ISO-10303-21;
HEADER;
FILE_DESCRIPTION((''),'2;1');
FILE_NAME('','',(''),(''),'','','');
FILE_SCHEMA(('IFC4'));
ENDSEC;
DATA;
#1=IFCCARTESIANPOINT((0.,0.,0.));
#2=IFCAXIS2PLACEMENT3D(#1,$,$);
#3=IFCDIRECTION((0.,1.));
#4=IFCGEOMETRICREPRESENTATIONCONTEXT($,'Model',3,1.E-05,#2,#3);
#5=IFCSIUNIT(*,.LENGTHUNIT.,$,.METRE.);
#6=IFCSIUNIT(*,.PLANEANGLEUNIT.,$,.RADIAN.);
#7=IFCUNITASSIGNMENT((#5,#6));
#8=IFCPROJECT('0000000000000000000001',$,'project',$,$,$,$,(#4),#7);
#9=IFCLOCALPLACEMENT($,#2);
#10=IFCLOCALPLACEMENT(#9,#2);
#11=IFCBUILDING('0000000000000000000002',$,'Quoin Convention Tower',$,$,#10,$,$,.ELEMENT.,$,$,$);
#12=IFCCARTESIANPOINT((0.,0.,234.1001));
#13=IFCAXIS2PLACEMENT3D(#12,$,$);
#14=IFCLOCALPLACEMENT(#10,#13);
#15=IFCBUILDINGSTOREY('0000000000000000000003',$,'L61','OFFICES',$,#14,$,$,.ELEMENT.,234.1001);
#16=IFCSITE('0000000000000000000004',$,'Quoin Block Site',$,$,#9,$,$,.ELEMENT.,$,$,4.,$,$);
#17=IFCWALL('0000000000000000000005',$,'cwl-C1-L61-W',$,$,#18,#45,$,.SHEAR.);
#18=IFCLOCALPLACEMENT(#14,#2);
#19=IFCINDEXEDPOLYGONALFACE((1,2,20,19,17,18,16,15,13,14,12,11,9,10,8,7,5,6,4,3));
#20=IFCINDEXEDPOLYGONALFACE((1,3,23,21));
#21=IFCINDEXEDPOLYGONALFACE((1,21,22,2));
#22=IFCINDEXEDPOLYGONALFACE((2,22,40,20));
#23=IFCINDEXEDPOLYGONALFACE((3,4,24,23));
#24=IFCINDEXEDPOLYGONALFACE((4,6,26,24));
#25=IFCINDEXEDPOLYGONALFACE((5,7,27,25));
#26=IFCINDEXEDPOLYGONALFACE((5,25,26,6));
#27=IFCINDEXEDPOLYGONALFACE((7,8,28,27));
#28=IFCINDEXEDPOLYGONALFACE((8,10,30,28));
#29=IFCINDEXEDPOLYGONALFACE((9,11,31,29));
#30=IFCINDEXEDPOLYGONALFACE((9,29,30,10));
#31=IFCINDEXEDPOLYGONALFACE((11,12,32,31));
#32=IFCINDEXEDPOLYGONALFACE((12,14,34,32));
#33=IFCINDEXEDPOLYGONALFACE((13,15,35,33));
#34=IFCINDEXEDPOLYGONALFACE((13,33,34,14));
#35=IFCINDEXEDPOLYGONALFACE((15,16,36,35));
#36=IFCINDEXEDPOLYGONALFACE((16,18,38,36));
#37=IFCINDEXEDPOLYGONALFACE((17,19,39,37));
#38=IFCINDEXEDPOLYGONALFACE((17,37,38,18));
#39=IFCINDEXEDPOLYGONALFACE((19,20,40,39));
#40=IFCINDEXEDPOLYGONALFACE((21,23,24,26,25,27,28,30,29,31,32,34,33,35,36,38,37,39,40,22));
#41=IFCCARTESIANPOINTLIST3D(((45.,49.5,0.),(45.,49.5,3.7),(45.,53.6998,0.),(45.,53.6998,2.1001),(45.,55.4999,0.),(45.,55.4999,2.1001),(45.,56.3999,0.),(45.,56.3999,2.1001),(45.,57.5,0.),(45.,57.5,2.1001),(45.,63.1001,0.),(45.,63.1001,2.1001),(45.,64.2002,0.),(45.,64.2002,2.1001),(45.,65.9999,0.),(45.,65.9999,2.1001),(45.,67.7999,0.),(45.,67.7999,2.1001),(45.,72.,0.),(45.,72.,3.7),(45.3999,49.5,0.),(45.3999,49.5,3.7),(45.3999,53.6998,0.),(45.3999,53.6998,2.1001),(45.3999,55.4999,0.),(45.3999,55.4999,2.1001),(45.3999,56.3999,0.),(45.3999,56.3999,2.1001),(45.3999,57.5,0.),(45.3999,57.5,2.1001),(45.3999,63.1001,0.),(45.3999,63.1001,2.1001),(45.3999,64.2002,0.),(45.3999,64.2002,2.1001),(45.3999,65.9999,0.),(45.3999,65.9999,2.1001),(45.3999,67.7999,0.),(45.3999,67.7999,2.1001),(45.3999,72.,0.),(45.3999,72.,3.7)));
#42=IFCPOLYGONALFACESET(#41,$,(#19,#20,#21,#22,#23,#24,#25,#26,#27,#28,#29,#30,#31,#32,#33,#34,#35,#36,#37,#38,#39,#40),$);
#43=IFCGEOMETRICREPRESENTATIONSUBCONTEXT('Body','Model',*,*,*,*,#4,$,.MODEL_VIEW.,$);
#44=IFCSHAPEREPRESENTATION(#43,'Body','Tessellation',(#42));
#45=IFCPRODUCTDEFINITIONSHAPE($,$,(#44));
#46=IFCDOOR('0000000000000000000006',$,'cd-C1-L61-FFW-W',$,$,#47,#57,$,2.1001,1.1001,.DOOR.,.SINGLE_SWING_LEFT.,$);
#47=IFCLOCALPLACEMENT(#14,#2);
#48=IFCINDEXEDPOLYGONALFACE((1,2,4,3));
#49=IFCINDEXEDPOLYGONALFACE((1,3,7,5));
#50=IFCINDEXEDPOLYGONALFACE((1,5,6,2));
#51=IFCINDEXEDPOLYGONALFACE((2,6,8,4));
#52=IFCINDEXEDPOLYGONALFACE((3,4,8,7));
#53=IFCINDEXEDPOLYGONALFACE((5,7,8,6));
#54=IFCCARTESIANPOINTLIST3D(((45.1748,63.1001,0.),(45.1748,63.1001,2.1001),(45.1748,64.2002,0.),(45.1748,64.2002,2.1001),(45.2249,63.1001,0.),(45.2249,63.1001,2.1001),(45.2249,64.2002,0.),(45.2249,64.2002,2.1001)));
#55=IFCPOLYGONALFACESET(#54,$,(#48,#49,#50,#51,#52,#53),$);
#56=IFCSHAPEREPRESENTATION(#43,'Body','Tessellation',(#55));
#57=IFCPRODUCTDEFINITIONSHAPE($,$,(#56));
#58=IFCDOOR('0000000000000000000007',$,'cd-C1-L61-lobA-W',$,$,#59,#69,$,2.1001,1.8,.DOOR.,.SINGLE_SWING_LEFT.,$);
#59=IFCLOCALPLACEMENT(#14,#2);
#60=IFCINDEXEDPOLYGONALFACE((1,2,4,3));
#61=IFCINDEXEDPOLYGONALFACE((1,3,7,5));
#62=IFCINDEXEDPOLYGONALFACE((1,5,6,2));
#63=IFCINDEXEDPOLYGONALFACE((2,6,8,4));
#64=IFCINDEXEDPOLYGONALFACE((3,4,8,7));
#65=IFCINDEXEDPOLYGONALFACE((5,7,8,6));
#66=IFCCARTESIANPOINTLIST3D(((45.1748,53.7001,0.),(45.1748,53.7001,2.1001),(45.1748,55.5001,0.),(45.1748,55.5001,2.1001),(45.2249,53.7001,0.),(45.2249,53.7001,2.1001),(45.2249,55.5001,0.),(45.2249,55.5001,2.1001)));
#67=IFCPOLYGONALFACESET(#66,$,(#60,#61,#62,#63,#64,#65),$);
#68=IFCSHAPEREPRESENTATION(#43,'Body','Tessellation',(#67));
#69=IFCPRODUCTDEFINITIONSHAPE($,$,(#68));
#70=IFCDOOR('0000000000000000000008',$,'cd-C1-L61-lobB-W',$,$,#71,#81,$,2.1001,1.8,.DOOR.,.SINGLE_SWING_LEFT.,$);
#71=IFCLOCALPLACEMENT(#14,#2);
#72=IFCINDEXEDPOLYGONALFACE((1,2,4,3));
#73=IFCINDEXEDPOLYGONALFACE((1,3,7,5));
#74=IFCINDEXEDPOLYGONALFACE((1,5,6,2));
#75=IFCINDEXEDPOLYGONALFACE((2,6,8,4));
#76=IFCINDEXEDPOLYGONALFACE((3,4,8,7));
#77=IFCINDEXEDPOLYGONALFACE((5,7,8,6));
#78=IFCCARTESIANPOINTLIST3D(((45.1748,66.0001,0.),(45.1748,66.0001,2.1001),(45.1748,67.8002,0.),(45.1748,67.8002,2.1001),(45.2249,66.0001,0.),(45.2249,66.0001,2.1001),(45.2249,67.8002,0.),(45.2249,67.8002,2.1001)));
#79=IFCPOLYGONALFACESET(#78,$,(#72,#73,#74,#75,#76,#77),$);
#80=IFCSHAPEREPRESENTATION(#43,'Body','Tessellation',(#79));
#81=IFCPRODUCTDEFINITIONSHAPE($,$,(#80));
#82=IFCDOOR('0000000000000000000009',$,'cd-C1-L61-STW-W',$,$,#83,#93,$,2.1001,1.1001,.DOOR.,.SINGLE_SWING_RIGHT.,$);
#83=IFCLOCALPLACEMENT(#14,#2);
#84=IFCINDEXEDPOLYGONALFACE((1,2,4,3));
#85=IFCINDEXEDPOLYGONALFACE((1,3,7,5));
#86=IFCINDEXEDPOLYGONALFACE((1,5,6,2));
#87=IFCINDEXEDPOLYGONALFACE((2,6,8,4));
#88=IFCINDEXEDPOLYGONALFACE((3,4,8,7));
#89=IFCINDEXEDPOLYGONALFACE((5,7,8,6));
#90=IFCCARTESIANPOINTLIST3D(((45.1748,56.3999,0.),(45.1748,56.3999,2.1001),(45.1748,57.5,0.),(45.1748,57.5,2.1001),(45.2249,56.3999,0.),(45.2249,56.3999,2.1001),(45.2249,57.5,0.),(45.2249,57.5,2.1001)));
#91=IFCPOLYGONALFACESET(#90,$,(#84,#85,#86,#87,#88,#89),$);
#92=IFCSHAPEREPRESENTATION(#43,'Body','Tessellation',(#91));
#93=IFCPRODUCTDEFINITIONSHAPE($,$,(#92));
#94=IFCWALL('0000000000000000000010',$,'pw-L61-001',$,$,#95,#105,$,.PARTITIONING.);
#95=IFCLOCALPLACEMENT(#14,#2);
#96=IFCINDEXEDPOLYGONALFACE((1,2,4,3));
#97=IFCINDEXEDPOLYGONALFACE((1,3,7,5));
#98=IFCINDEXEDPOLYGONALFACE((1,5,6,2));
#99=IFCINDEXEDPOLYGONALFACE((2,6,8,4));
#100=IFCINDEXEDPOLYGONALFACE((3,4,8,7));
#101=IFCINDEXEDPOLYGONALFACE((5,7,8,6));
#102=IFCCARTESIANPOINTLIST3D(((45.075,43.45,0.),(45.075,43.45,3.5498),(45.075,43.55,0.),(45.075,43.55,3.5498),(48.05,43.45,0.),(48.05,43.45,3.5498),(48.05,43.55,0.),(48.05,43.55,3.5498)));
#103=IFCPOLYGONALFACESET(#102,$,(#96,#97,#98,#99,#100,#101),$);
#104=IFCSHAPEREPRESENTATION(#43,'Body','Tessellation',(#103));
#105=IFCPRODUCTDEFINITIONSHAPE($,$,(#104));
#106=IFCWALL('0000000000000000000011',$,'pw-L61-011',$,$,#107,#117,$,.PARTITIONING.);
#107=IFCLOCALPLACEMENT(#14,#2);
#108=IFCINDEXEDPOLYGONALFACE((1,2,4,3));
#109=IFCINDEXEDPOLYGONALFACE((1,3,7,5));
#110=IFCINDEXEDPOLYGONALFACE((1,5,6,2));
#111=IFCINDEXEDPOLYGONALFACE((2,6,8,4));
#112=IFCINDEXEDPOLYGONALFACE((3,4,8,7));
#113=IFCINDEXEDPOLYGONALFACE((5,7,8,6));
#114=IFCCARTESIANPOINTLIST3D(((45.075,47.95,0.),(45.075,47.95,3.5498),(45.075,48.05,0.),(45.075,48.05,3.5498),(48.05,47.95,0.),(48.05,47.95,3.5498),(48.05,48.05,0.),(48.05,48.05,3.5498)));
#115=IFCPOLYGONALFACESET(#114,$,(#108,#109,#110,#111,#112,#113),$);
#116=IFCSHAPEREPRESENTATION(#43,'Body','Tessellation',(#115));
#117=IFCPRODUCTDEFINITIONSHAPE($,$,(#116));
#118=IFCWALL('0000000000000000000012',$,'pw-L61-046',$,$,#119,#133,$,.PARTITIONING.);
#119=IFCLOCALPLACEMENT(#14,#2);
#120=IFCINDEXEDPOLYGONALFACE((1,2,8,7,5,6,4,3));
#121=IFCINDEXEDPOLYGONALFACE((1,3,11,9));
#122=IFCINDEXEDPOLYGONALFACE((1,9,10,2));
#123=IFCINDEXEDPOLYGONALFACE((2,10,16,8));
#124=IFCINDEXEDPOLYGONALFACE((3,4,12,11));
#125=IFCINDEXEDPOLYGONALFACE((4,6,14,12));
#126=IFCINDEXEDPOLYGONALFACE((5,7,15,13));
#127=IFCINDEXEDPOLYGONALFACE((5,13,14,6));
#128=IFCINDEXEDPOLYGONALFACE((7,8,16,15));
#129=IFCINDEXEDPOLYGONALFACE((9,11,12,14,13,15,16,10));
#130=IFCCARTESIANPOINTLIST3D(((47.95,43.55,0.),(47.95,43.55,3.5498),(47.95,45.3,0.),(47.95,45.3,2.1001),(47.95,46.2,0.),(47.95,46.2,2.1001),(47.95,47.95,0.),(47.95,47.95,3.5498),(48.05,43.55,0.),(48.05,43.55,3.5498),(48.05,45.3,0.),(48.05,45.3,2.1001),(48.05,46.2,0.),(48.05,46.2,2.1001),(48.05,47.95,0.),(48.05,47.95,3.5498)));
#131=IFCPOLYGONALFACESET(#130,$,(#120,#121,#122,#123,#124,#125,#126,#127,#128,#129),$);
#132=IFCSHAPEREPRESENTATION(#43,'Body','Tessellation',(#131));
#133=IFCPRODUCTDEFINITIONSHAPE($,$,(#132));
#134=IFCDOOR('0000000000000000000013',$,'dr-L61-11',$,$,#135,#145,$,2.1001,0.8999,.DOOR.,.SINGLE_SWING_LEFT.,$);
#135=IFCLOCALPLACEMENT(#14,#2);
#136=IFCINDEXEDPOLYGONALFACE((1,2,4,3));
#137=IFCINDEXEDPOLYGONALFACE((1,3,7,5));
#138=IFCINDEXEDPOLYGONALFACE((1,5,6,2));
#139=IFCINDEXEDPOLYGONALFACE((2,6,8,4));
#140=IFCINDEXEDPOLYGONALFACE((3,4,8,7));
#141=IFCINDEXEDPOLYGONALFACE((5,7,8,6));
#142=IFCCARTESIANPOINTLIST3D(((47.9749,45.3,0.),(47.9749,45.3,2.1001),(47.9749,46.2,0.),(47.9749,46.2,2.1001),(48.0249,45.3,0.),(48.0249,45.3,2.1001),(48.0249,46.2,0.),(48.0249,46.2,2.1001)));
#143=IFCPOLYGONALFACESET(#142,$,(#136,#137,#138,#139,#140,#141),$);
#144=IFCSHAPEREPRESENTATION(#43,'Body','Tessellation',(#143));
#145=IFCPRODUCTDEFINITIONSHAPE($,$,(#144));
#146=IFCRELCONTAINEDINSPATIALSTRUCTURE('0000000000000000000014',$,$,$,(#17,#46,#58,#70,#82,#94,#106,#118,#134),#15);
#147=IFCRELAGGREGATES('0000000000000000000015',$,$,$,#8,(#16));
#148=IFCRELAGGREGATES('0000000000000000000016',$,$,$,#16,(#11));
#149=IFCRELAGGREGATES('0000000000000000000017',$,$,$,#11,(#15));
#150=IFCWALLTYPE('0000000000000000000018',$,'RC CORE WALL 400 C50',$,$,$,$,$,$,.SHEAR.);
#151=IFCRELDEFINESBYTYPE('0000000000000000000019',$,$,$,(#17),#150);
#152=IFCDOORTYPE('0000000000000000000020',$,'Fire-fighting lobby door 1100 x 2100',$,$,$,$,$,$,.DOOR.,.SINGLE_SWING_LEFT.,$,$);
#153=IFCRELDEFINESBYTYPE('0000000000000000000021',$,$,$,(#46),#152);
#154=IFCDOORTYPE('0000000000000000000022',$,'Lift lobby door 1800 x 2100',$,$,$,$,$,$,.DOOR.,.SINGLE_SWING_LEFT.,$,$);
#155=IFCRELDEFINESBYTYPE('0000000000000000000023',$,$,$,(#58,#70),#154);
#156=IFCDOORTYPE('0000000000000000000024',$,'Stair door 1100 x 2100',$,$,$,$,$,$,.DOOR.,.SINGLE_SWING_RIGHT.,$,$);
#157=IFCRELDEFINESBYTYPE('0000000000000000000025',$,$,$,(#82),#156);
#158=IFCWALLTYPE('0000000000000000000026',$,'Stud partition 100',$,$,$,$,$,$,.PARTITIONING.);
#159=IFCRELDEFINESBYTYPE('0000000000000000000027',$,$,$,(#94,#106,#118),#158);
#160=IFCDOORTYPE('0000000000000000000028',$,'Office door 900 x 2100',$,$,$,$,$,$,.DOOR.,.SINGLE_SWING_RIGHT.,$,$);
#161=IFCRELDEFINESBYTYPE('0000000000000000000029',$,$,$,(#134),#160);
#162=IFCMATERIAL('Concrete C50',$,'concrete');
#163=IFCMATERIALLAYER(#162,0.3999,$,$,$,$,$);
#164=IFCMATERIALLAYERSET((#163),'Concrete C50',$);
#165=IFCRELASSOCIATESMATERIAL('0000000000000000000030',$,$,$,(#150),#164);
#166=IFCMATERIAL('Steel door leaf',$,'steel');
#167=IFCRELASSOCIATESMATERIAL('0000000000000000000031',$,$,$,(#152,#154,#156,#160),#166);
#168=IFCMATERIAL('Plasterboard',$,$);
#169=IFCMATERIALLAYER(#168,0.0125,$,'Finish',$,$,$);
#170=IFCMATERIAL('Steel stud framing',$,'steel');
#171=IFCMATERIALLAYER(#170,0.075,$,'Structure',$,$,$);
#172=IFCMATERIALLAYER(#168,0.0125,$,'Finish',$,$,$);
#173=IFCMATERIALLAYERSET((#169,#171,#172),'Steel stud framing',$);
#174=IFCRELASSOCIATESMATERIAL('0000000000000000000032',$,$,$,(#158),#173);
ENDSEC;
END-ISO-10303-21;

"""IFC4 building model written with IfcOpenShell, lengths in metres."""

from ifc_helpers import new_model, si_unit, direction, frame, frame_2d, origin, place, context, subcontext, project, spatial, rectangle, extrude, material, layer, layer_set, type_object, element, fill, save


model = new_model("IFC4")

# Units and contexts
model_context = context("Model", 3, precision=1e-05, world=origin(), true_north=direction((0.0, 1.0)))
body_context = subcontext(model_context, "Body", "Model", "MODEL_VIEW")
ifc_project = project(units=[si_unit("LENGTHUNIT", "METRE"), si_unit("PLANEANGLEUNIT", "RADIAN")], contexts=[model_context])

# Site, building, storey
site_placement = place(None, origin())
site = spatial("IfcSite", under=ifc_project, at=site_placement, Name="Quoin Block Site", CompositionType="ELEMENT", RefElevation=4.0)
building_placement = place(site_placement, origin())
building = spatial("IfcBuilding", under=site, at=building_placement, Name="Quoin Convention Tower", CompositionType="ELEMENT")
storey_placement = place(building_placement, frame((0.0, 0.0, 234.1001)))
storey = spatial("IfcBuildingStorey", under=building, at=storey_placement, Name="L61", Description="OFFICES", CompositionType="ELEMENT", Elevation=234.1001)

# Shared definitions
ifc_material_1 = material(Name="Plasterboard")
ifc_material_2 = material(Name="Steel stud framing", Category="steel")
ifc_material_3 = material(Name="Steel door leaf", Category="steel")

# Shared definitions
ifc_material_4 = material(Name="Concrete C50", Category="concrete")
ifc_layer_1 = layer(ifc_material_4, 0.3999)
ifc_layer_set_1 = layer_set([ifc_layer_1], Name="Concrete C50")
wall_type_1 = type_object("IfcWallType", Name="RC CORE WALL 400 C50", PredefinedType="SHEAR", material=ifc_layer_set_1)

# Wall, openings, doors
wall_1_placement = place(storey_placement, frame((45.2, 49.5, 0.0), z_axis=(0.0, 0.0, 1.0), x_axis=(0.0, 1.0, 0.0)))
wall_1 = element("IfcWall", 1, at=wall_1_placement, inside=storey, type_object=wall_type_1, Name="cwl-C1-L61-W", PredefinedType="SHEAR", context=body_context, shape_type="SweptSolid", body=[
    extrude(rectangle(XDim=22.5, YDim=0.3999, at=frame_2d((11.25, 0.0))), origin(), (0.0, 0.0, 1.0), 3.7),
])
opening_1_placement = place(wall_1_placement, frame((4.2, 0.0, 0.0)))
opening_1 = element("IfcOpeningElement", 2, at=opening_1_placement, cuts=wall_1, PredefinedType="OPENING", context=body_context, shape_type="SweptSolid", body=[
    extrude(rectangle(XDim=1.8, YDim=2.1001, at=frame_2d((0.8999, 1.05))), frame((0.0, 0.21, 0.0), z_axis=(0.0, -1.0, 0.0), x_axis=(1.0, 0.0, 0.0)), (0.0, 0.0, 1.0), 0.4199),
])
opening_2_placement = place(wall_1_placement, frame((6.8999, 0.0, 0.0)))
opening_2 = element("IfcOpeningElement", 3, at=opening_2_placement, cuts=wall_1, PredefinedType="OPENING", context=body_context, shape_type="SweptSolid", body=[
    extrude(rectangle(XDim=1.1001, YDim=2.1001, at=frame_2d((0.55, 1.05))), frame((0.0, 0.21, 0.0), z_axis=(0.0, -1.0, 0.0), x_axis=(1.0, 0.0, 0.0)), (0.0, 0.0, 1.0), 0.4199),
])
opening_3_placement = place(wall_1_placement, frame((13.6001, 0.0, 0.0)))
opening_3 = element("IfcOpeningElement", 4, at=opening_3_placement, cuts=wall_1, PredefinedType="OPENING", context=body_context, shape_type="SweptSolid", body=[
    extrude(rectangle(XDim=1.1001, YDim=2.1001, at=frame_2d((0.55, 1.05))), frame((0.0, 0.21, 0.0), z_axis=(0.0, -1.0, 0.0), x_axis=(1.0, 0.0, 0.0)), (0.0, 0.0, 1.0), 0.4199),
])
opening_4_placement = place(wall_1_placement, frame((16.5, 0.0, 0.0)))
opening_4 = element("IfcOpeningElement", 5, at=opening_4_placement, cuts=wall_1, PredefinedType="OPENING", context=body_context, shape_type="SweptSolid", body=[
    extrude(rectangle(XDim=1.8, YDim=2.1001, at=frame_2d((0.8999, 1.05))), frame((0.0, 0.21, 0.0), z_axis=(0.0, -1.0, 0.0), x_axis=(1.0, 0.0, 0.0)), (0.0, 0.0, 1.0), 0.4199),
])
door_type_1 = type_object("IfcDoorType", Name="Fire-fighting lobby door 1100 x 2100", OperationType="SINGLE_SWING_LEFT", PredefinedType="DOOR", material=ifc_material_3)
door_1_placement = place(opening_3_placement, frame((1.1001, 0.0, 0.0), z_axis=(0.0, 0.0, 1.0), x_axis=(-1.0, 0.0, 0.0)))
door_1 = element("IfcDoor", 6, at=door_1_placement, inside=storey, type_object=door_type_1, Name="cd-C1-L61-FFW-W", OperationType="SINGLE_SWING_LEFT", OverallHeight=2.1001, OverallWidth=1.1001, PredefinedType="DOOR", context=body_context, shape_type="SweptSolid", body=[
    extrude(rectangle(XDim=1.1001, YDim=2.1001, at=frame_2d((0.55, 1.05))), frame((0.0, 0.0249, 0.0), z_axis=(0.0, -1.0, 0.0), x_axis=(1.0, 0.0, 0.0)), (0.0, 0.0, 1.0), 0.05),
])
fill(opening_3, door_1)
door_type_2 = type_object("IfcDoorType", Name="Lift lobby door 1800 x 2100", OperationType="SINGLE_SWING_LEFT", PredefinedType="DOOR", material=ifc_material_3)
door_2_placement = place(opening_1_placement, frame((1.8, 0.0, 0.0), z_axis=(0.0, 0.0, 1.0), x_axis=(-1.0, 0.0, 0.0)))
door_2 = element("IfcDoor", 7, at=door_2_placement, inside=storey, type_object=door_type_2, Name="cd-C1-L61-lobA-W", OperationType="SINGLE_SWING_LEFT", OverallHeight=2.1001, OverallWidth=1.8, PredefinedType="DOOR", context=body_context, shape_type="SweptSolid", body=[
    extrude(rectangle(XDim=1.8, YDim=2.1001, at=frame_2d((0.8999, 1.05))), frame((0.0, 0.0249, 0.0), z_axis=(0.0, -1.0, 0.0), x_axis=(1.0, 0.0, 0.0)), (0.0, 0.0, 1.0), 0.05),
])
fill(opening_1, door_2)
door_3_placement = place(opening_4_placement, frame((1.8, 0.0, 0.0), z_axis=(0.0, 0.0, 1.0), x_axis=(-1.0, 0.0, 0.0)))
door_3 = element("IfcDoor", 8, at=door_3_placement, inside=storey, type_object=door_type_2, Name="cd-C1-L61-lobB-W", OperationType="SINGLE_SWING_LEFT", OverallHeight=2.1001, OverallWidth=1.8, PredefinedType="DOOR", context=body_context, shape_type="SweptSolid", body=[
    extrude(rectangle(XDim=1.8, YDim=2.1001, at=frame_2d((0.8999, 1.05))), frame((0.0, 0.0249, 0.0), z_axis=(0.0, -1.0, 0.0), x_axis=(1.0, 0.0, 0.0)), (0.0, 0.0, 1.0), 0.05),
])
fill(opening_4, door_3)
door_type_3 = type_object("IfcDoorType", Name="Stair door 1100 x 2100", OperationType="SINGLE_SWING_RIGHT", PredefinedType="DOOR", material=ifc_material_3)
door_4_placement = place(opening_2_placement, frame((1.1001, 0.0, 0.0), z_axis=(0.0, 0.0, 1.0), x_axis=(-1.0, 0.0, 0.0)))
door_4 = element("IfcDoor", 9, at=door_4_placement, inside=storey, type_object=door_type_3, Name="cd-C1-L61-STW-W", OperationType="SINGLE_SWING_RIGHT", OverallHeight=2.1001, OverallWidth=1.1001, PredefinedType="DOOR", context=body_context, shape_type="SweptSolid", body=[
    extrude(rectangle(XDim=1.1001, YDim=2.1001, at=frame_2d((0.55, 1.05))), frame((0.0, 0.0249, 0.0), z_axis=(0.0, -1.0, 0.0), x_axis=(1.0, 0.0, 0.0)), (0.0, 0.0, 1.0), 0.05),
])
fill(opening_2, door_4)

# Walls
ifc_layer_2 = layer(ifc_material_1, 0.0125, Name="Finish")
ifc_layer_3 = layer(ifc_material_2, 0.075, Name="Structure")
ifc_layer_4 = layer(ifc_material_1, 0.0125, Name="Finish")
ifc_layer_set_2 = layer_set([ifc_layer_2, ifc_layer_3, ifc_layer_4], Name="Steel stud framing")
wall_type_2 = type_object("IfcWallType", Name="Stud partition 100", PredefinedType="PARTITIONING", material=ifc_layer_set_2)
for number, where, z_axis, x_axis, name in (
    (10, (45.075, 43.5, 0.0), (0.0, 0.0, 1.0), (1.0, 0.0, 0.0), "pw-L61-001"),
    (11, (45.075, 48.0, 0.0), (0.0, 0.0, 1.0), (1.0, 0.0, 0.0), "pw-L61-011"),
):
    element("IfcWall", number, at=place(storey_placement, frame(where, z_axis=z_axis, x_axis=x_axis)), inside=storey, type_object=wall_type_2, Name=name, PredefinedType="PARTITIONING", context=body_context, shape_type="SweptSolid", body=[
        extrude(rectangle(XDim=2.9751, YDim=0.1001, at=frame_2d((1.4875, 0.0))), origin(), (0.0, 0.0, 1.0), 3.5498),
    ])

# Wall, opening, door
wall_2_placement = place(storey_placement, frame((48.0, 43.55, 0.0), z_axis=(0.0, 0.0, 1.0), x_axis=(0.0, 1.0, 0.0)))
wall_2 = element("IfcWall", 12, at=wall_2_placement, inside=storey, type_object=wall_type_2, Name="pw-L61-046", PredefinedType="PARTITIONING", context=body_context, shape_type="SweptSolid", body=[
    extrude(rectangle(XDim=4.3999, YDim=0.1001, at=frame_2d((2.2, 0.0))), origin(), (0.0, 0.0, 1.0), 3.5498),
])
opening_5_placement = place(wall_2_placement, frame((1.75, 0.0, 0.0)))
opening_5 = element("IfcOpeningElement", 13, at=opening_5_placement, cuts=wall_2, PredefinedType="OPENING", context=body_context, shape_type="SweptSolid", body=[
    extrude(rectangle(XDim=0.8999, YDim=2.1001, at=frame_2d((0.45, 1.05))), frame((0.0, 0.0601, 0.0), z_axis=(0.0, -1.0, 0.0), x_axis=(1.0, 0.0, 0.0)), (0.0, 0.0, 1.0), 0.1201),
])
door_type_4 = type_object("IfcDoorType", Name="Office door 900 x 2100", OperationType="SINGLE_SWING_RIGHT", PredefinedType="DOOR", material=ifc_material_3)
door_5_placement = place(opening_5_placement, frame((0.8999, 0.0, 0.0), z_axis=(0.0, 0.0, 1.0), x_axis=(-1.0, 0.0, 0.0)))
door_5 = element("IfcDoor", 14, at=door_5_placement, inside=storey, type_object=door_type_4, Name="dr-L61-11", OperationType="SINGLE_SWING_LEFT", OverallHeight=2.1001, OverallWidth=0.8999, PredefinedType="DOOR", context=body_context, shape_type="SweptSolid", body=[
    extrude(rectangle(XDim=0.8999, YDim=2.1001, at=frame_2d((0.45, 1.05))), frame((0.0, 0.0249, 0.0), z_axis=(0.0, -1.0, 0.0), x_axis=(1.0, 0.0, 0.0)), (0.0, 0.0, 1.0), 0.05),
])
fill(opening_5, door_5)

save(model, "model.ifc")
